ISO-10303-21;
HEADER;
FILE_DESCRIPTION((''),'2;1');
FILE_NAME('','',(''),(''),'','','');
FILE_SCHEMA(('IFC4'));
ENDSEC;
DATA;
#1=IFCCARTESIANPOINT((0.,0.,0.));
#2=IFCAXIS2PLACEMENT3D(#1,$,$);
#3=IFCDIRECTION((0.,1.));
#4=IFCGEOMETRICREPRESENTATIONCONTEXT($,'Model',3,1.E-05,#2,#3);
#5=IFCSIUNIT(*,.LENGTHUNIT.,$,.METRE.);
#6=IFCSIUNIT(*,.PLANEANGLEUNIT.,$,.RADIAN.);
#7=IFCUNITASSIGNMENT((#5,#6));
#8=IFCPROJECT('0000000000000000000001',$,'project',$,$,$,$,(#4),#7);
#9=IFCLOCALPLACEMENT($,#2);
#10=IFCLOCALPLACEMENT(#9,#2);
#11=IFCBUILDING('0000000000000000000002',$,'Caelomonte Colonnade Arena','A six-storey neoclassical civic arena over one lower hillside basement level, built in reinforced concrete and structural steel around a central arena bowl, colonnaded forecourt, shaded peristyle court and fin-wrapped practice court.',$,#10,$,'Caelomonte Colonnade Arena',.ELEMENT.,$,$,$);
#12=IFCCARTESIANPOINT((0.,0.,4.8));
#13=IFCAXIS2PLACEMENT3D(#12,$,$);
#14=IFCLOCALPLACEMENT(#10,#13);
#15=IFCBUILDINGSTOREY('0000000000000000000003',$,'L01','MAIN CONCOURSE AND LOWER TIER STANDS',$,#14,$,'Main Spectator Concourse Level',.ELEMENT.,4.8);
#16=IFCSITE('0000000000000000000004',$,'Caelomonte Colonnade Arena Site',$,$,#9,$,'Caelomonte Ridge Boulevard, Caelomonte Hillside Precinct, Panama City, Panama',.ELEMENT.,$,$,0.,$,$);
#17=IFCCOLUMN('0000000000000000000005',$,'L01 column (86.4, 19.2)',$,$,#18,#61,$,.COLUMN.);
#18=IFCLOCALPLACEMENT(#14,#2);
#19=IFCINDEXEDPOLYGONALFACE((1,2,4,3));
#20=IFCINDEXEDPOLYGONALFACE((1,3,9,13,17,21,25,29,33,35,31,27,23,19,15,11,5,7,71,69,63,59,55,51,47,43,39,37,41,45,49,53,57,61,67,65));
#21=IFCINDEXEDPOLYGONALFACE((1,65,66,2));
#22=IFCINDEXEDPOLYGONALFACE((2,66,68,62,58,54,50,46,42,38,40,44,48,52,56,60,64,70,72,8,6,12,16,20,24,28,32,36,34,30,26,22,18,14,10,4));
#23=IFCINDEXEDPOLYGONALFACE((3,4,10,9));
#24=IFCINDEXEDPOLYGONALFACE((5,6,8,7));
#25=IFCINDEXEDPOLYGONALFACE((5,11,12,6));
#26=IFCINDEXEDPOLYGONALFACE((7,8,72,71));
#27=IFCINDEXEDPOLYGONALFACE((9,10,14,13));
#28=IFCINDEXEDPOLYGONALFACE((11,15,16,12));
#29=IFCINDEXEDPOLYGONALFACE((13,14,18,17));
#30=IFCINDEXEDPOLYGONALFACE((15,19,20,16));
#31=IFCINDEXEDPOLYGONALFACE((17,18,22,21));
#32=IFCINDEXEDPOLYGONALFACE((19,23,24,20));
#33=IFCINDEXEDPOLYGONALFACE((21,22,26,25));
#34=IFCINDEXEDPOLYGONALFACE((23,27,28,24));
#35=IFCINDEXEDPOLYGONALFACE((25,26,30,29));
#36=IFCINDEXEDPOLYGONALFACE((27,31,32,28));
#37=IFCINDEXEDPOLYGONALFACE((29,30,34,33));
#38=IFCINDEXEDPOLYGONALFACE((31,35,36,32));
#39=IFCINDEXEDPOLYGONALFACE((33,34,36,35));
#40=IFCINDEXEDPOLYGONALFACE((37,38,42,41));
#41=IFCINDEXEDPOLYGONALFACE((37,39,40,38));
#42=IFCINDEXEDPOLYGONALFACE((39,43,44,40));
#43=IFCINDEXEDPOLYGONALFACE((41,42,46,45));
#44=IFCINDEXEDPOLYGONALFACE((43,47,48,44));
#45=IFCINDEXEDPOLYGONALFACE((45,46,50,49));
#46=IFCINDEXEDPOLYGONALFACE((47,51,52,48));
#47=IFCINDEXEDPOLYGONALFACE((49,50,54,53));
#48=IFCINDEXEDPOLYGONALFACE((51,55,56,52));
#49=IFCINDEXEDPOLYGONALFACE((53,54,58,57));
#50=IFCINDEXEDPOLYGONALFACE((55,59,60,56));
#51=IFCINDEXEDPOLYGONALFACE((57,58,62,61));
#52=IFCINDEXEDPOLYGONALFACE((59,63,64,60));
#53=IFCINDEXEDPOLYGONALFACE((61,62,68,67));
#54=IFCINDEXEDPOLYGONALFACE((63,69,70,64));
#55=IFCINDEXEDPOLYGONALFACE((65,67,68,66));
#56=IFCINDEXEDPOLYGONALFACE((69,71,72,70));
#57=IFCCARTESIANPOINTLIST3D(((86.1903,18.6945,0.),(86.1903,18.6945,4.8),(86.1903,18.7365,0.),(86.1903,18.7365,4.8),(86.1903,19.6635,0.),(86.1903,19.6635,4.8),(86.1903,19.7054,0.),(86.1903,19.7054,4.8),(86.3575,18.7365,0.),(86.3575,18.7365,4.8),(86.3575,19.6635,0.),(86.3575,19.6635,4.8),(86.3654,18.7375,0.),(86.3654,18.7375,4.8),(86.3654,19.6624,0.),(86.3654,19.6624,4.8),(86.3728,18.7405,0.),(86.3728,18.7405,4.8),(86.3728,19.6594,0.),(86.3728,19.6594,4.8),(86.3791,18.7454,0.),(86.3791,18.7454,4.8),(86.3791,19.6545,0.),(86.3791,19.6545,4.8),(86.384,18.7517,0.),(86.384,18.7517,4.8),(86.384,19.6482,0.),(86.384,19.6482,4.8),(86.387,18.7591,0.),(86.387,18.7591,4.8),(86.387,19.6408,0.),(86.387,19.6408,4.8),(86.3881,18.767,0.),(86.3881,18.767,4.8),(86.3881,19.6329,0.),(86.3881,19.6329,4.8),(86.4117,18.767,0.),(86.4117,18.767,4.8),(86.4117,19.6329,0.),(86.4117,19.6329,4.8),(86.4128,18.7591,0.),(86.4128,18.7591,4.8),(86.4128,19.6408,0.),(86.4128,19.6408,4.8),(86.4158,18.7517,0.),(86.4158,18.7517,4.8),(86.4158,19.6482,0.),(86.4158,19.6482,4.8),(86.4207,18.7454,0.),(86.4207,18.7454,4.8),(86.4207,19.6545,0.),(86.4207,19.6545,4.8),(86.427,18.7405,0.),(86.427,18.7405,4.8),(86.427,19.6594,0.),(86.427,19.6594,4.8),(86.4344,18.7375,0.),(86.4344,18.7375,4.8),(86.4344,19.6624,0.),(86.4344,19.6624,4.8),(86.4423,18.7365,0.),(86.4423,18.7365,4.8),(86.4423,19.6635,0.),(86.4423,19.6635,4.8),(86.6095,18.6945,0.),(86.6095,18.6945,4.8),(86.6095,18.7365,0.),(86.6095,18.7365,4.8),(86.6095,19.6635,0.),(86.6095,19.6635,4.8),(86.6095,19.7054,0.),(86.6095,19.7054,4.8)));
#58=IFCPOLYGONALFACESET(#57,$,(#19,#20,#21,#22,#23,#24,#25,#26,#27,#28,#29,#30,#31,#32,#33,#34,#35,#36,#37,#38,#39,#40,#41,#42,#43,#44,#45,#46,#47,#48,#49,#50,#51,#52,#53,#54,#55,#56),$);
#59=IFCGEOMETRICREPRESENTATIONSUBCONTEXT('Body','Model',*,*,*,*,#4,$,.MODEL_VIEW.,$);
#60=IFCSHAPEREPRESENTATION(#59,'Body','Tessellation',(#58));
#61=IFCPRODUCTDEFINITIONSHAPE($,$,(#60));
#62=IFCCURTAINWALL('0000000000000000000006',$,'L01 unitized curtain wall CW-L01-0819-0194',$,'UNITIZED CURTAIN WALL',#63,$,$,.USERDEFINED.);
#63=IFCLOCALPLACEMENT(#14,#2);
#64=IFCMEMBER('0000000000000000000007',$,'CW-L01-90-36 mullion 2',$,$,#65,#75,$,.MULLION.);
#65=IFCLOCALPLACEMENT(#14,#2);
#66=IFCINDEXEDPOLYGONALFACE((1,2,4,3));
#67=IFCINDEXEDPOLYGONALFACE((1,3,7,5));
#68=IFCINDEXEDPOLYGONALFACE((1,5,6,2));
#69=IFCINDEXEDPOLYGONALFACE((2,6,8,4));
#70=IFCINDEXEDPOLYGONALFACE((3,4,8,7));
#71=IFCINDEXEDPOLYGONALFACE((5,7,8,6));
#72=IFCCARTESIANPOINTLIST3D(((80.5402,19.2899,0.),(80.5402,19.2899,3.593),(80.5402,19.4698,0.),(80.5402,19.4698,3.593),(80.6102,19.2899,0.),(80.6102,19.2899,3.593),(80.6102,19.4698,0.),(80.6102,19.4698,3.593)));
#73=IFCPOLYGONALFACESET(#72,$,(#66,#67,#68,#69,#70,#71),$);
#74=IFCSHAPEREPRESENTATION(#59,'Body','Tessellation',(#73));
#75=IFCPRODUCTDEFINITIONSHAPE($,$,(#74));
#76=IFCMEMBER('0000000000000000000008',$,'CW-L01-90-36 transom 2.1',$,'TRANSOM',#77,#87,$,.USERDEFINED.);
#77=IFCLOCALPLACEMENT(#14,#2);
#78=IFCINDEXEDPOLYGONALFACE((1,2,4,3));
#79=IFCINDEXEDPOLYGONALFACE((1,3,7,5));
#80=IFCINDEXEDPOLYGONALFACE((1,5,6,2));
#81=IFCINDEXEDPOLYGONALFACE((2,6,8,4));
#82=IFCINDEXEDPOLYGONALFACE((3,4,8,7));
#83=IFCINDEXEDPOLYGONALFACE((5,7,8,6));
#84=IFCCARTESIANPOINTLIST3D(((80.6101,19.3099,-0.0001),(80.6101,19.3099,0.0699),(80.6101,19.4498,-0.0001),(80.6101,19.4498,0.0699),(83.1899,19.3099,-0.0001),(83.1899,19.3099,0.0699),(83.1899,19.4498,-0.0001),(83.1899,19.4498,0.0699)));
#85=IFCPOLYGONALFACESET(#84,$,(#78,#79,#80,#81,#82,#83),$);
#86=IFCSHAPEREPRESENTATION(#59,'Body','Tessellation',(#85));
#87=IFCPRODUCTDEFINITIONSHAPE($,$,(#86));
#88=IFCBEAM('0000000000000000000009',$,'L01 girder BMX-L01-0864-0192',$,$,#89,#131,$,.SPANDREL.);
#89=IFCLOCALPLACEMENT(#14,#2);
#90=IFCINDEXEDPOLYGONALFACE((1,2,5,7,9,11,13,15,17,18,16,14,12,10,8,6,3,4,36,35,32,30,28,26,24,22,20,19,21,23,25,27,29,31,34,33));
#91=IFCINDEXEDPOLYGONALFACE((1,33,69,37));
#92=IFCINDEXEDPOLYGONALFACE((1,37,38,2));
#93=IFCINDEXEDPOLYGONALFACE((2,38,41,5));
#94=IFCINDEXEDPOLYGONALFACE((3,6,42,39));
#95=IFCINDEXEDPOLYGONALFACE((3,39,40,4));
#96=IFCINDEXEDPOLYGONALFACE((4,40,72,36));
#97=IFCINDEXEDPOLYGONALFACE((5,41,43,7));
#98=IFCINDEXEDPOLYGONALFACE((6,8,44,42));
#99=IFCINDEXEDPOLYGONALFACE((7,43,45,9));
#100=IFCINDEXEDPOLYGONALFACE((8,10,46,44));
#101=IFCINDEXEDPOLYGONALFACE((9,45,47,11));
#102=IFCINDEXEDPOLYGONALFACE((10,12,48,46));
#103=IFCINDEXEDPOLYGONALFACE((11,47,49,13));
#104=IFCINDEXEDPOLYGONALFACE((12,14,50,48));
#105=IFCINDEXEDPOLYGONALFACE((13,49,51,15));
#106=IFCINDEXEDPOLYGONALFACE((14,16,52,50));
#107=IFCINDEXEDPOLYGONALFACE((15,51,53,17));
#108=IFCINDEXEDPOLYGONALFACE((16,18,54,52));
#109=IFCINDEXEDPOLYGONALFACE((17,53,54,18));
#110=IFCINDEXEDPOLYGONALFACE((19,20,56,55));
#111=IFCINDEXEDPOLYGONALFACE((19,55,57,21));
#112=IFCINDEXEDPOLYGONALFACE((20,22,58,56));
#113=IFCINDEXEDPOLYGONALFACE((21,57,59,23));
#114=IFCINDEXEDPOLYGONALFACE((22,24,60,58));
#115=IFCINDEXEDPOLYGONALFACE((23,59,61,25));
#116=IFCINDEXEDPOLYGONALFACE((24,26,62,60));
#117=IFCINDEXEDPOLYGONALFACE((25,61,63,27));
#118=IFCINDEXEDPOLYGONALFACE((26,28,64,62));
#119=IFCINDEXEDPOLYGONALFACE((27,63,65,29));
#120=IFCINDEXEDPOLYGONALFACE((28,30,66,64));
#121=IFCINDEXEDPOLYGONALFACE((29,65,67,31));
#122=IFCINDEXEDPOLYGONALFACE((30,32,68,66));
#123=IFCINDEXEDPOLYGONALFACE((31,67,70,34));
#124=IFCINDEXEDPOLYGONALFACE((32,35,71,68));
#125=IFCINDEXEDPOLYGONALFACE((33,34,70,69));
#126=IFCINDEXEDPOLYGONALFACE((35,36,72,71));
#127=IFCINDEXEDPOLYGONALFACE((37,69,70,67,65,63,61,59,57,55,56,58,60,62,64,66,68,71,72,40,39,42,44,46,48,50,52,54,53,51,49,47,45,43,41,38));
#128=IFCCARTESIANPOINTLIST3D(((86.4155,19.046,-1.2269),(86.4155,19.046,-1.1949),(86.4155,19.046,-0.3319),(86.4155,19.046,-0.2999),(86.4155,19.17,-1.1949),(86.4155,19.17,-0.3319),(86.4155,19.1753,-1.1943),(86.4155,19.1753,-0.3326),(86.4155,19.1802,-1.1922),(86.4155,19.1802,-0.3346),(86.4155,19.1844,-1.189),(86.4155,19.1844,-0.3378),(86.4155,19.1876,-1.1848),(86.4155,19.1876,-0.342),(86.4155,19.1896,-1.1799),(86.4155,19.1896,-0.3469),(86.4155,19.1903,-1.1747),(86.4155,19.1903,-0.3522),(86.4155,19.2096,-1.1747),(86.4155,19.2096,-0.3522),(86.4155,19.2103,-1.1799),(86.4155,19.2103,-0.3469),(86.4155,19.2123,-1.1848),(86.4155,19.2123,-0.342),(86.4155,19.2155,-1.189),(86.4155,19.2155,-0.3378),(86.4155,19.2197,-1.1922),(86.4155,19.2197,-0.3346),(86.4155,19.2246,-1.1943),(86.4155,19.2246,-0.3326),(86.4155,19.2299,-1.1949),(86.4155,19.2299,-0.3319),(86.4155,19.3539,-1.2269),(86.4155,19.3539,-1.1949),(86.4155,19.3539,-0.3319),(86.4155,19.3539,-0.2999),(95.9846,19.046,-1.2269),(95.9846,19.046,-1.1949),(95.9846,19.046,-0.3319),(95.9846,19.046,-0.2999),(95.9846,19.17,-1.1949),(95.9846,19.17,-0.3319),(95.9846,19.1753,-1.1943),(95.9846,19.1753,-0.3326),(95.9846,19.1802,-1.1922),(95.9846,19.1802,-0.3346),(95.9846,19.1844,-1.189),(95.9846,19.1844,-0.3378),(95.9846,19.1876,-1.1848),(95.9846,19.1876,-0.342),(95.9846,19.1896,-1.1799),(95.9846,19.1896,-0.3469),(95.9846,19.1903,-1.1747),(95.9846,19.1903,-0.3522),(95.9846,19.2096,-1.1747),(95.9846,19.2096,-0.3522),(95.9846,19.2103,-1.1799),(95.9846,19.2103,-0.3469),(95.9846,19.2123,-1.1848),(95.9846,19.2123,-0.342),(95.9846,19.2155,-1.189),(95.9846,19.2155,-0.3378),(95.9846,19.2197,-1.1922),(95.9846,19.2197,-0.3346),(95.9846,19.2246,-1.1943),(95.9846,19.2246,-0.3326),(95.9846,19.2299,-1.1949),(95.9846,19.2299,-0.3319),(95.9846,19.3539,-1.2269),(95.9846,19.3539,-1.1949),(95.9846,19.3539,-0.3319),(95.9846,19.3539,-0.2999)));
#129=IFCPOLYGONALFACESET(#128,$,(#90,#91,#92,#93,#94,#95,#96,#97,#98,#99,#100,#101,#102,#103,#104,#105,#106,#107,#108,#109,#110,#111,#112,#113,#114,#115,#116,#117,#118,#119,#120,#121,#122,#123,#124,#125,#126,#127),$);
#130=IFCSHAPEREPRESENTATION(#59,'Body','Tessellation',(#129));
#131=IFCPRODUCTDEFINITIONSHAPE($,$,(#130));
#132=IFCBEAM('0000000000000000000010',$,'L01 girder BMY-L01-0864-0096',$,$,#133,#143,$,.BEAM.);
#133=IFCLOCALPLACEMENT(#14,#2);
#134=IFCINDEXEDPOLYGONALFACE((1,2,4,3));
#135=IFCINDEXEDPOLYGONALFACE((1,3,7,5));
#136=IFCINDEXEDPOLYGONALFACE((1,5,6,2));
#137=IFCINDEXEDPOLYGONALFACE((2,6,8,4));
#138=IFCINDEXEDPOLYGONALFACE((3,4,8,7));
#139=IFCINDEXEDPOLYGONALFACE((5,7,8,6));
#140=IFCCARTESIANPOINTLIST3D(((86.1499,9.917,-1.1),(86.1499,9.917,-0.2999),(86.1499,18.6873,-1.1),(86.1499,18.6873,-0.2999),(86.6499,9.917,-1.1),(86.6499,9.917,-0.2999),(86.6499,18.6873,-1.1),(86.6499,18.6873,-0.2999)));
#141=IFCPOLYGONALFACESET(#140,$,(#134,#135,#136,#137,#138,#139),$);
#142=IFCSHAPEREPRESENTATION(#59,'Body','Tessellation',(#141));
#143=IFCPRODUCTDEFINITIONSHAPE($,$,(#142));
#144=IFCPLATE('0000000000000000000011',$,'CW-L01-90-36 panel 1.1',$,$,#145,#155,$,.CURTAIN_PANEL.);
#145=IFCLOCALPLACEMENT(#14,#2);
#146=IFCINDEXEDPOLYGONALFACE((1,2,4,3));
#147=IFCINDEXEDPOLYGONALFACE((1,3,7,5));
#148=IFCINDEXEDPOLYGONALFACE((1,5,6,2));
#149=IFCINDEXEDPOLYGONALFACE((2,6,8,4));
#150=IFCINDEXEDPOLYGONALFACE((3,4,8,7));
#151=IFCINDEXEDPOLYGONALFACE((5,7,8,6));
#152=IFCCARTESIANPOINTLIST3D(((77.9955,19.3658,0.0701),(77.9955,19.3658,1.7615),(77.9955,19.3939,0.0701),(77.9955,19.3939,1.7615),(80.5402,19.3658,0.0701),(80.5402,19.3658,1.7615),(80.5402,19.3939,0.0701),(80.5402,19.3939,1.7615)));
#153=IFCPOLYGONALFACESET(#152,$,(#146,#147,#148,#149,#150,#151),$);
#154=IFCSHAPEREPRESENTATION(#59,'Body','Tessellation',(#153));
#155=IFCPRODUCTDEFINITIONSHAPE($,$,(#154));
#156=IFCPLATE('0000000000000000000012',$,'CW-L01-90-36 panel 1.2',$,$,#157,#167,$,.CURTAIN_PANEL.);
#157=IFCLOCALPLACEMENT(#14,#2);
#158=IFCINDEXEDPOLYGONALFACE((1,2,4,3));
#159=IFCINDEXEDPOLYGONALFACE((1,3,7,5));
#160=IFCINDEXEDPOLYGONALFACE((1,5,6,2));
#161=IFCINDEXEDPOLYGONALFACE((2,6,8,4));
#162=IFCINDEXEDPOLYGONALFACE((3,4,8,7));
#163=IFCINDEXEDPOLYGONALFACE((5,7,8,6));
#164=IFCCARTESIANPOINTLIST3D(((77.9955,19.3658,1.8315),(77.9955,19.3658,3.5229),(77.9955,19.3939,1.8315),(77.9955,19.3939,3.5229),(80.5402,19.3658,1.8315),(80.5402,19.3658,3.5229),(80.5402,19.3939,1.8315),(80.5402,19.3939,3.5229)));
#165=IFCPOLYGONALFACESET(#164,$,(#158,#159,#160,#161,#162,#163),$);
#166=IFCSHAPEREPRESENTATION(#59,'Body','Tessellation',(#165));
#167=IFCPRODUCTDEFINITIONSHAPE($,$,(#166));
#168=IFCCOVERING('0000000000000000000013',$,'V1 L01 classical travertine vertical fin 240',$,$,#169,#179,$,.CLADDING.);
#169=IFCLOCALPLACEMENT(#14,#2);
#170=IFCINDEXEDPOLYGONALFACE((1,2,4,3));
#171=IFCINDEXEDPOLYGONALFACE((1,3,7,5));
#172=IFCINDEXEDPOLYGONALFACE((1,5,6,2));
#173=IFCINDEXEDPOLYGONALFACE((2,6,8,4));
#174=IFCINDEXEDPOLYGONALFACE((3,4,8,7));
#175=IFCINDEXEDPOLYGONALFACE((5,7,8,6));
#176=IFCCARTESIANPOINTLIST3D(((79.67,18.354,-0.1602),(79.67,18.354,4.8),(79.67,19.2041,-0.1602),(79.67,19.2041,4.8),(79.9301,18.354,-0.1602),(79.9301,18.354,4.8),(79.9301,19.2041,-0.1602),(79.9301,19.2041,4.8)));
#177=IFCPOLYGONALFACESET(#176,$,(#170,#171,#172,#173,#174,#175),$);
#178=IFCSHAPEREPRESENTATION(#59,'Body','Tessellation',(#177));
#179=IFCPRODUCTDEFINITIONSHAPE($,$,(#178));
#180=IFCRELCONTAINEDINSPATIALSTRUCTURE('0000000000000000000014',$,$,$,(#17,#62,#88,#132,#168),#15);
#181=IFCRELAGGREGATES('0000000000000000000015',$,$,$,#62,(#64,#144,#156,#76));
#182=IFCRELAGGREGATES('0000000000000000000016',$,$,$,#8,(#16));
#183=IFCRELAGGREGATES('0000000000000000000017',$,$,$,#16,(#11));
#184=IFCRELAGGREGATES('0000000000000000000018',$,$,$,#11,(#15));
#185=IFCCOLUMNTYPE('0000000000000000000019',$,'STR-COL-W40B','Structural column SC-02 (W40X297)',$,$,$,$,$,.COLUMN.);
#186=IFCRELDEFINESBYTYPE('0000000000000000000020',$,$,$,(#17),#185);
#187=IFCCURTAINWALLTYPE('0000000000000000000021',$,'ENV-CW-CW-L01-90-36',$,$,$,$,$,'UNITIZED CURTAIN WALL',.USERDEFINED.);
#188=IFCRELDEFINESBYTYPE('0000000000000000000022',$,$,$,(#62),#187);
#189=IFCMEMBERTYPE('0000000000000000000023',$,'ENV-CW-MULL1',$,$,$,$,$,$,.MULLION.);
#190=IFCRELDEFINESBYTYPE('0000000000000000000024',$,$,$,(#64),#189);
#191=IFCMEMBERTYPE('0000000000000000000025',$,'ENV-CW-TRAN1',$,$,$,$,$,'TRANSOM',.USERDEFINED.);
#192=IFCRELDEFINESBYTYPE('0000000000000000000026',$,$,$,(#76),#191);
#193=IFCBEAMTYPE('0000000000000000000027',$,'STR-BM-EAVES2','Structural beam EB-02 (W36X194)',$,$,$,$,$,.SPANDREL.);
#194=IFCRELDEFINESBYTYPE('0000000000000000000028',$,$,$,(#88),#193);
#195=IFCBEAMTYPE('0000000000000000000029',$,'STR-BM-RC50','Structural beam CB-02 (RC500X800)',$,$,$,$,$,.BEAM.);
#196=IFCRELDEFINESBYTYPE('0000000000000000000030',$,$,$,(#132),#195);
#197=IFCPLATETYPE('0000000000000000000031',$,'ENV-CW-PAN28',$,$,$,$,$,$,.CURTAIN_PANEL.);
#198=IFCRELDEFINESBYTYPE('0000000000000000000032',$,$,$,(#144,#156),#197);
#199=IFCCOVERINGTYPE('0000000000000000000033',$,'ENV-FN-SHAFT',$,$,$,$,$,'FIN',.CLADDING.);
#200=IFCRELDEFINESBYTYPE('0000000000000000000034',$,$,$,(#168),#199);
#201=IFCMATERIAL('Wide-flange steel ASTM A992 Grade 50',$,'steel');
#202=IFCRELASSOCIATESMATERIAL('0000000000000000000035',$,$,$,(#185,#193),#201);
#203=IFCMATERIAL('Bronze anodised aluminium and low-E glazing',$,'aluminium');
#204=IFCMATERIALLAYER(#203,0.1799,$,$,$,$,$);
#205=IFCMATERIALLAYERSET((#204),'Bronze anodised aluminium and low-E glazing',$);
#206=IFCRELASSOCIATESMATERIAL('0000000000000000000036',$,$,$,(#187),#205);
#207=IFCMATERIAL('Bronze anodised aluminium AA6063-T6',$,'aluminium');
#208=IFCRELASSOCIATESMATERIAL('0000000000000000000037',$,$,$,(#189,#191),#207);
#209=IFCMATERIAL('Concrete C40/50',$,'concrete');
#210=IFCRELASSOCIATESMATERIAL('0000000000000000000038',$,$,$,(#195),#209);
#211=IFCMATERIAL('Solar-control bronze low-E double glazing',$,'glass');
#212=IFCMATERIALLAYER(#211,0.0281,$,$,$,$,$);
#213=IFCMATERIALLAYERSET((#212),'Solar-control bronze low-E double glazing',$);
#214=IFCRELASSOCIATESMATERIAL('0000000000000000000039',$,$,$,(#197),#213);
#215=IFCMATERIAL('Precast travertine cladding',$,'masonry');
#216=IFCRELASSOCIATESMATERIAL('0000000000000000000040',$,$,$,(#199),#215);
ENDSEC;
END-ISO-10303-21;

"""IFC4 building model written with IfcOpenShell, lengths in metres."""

from ifc_helpers import new_model, si_unit, direction, frame, origin, origin_2d, place, context, subcontext, project, spatial, rectangle, i_section, extrude, material, layer, layer_set, material_profile, profile_set, type_object, element, aggregate, save


model = new_model("IFC4")

# Units and contexts
model_context = context("Model", 3, precision=1e-05, world=origin(), true_north=direction((0.0, 1.0)))
body_context = subcontext(model_context, "Body", "Model", "MODEL_VIEW")
ifc_project = project(units=[si_unit("LENGTHUNIT", "METRE"), si_unit("PLANEANGLEUNIT", "RADIAN")], contexts=[model_context])

# Site, building, storey
site_placement = place(None, origin())
site = spatial("IfcSite", under=ifc_project, at=site_placement, Name="Caelomonte Colonnade Arena Site", LongName="Caelomonte Ridge Boulevard, Caelomonte Hillside Precinct, Panama City, Panama", CompositionType="ELEMENT", RefElevation=0.0)
building_placement = place(site_placement, origin())
building = spatial("IfcBuilding", under=site, at=building_placement, Name="Caelomonte Colonnade Arena", Description="A six-storey neoclassical civic arena over one lower hillside basement level, built in reinforced concrete and structural steel around a central arena bowl, colonnaded forecourt, shaded peristyle court and fin-wrapped practice court.", LongName="Caelomonte Colonnade Arena", CompositionType="ELEMENT")
storey_placement = place(building_placement, frame((0.0, 0.0, 4.8)))
storey = spatial("IfcBuildingStorey", under=building, at=storey_placement, Name="L01", Description="MAIN CONCOURSE AND LOWER TIER STANDS", LongName="Main Spectator Concourse Level", CompositionType="ELEMENT", Elevation=4.8)

# Column
ifc_material_1 = material(Name="Wide-flange steel ASTM A992 Grade 50", Category="steel")
ifc_material_profile_1 = material_profile(ifc_material_1, i_section(OverallWidth=0.4192, OverallDepth=1.011, WebThickness=0.0237, FlangeThickness=0.042, FilletRadius=0.0305, at=origin_2d()), Name="W40X297")
ifc_profile_set_1 = profile_set([ifc_material_profile_1], Name="Wide-flange steel ASTM A992 Grade 50")
column_type = type_object("IfcColumnType", Name="STR-COL-W40B", Description="Structural column SC-02 (W40X297)", PredefinedType="COLUMN", material=ifc_profile_set_1)
column_placement = place(storey_placement, frame((86.3999, 19.2, 0.0), z_axis=(0.0, 0.0, 1.0), x_axis=(1.0, 0.0, 0.0)))
element("IfcColumn", 1, at=column_placement, inside=storey, type_object=column_type, Name="L01 column (86.4, 19.2)", PredefinedType="COLUMN", context=body_context, shape_type="SweptSolid", body=[
    extrude(i_section(OverallWidth=0.4192, OverallDepth=1.011, WebThickness=0.0237, FlangeThickness=0.042, FilletRadius=0.0305, at=origin_2d()), origin(), (0.0, 0.0, 1.0), 4.8),
])

# Curtain wall, members
ifc_material_2 = material(Name="Bronze anodised aluminium and low-E glazing", Category="aluminium")
ifc_layer_1 = layer(ifc_material_2, 0.1799)
ifc_layer_set_1 = layer_set([ifc_layer_1], Name="Bronze anodised aluminium and low-E glazing")
curtain_wall_type = type_object("IfcCurtainWallType", Name="ENV-CW-CW-L01-90-36", ElementType="UNITIZED CURTAIN WALL", PredefinedType="USERDEFINED", material=ifc_layer_set_1)
curtain_wall_placement = place(storey_placement, origin())
curtain_wall = element("IfcCurtainWall", 2, at=curtain_wall_placement, inside=storey, type_object=curtain_wall_type, Name="L01 unitized curtain wall CW-L01-0819-0194", ObjectType="UNITIZED CURTAIN WALL", PredefinedType="USERDEFINED")
ifc_material_3 = material(Name="Bronze anodised aluminium AA6063-T6", Category="aluminium")
ifc_material_profile_2 = material_profile(ifc_material_3, rectangle(XDim=0.0701, YDim=0.1799, at=origin_2d()), Name="CWM-70X180")
ifc_profile_set_2 = profile_set([ifc_material_profile_2], Name="Bronze anodised aluminium AA6063-T6")
member_type_1 = type_object("IfcMemberType", Name="ENV-CW-MULL1", PredefinedType="MULLION", material=ifc_profile_set_2)
member_1_placement = place(storey_placement, frame((80.5752, 19.3799, 0.0), z_axis=(0.0, 0.0, 1.0), x_axis=(1.0, 0.0, 0.0)))
member_1 = element("IfcMember", 3, at=member_1_placement, type_object=member_type_1, Name="CW-L01-90-36 mullion 2", PredefinedType="MULLION", context=body_context, shape_type="SweptSolid", body=[
    extrude(rectangle(XDim=0.0701, YDim=0.1799, at=origin_2d()), origin(), (0.0, 0.0, 1.0), 3.593),
])
ifc_material_profile_3 = material_profile(ifc_material_3, rectangle(XDim=0.0701, YDim=0.1399, at=origin_2d()), Name="CWT-70X140")
ifc_profile_set_3 = profile_set([ifc_material_profile_3], Name="Bronze anodised aluminium AA6063-T6")
member_type_2 = type_object("IfcMemberType", Name="ENV-CW-TRAN1", ElementType="TRANSOM", PredefinedType="USERDEFINED", material=ifc_profile_set_3)
member_2_placement = place(storey_placement, frame((80.6101, 19.3799, 0.0349), z_axis=(1.0, 0.0, 0.0), x_axis=(0.0, 0.0, 1.0)))
member_2 = element("IfcMember", 4, at=member_2_placement, type_object=member_type_2, Name="CW-L01-90-36 transom 2.1", ObjectType="TRANSOM", PredefinedType="USERDEFINED", context=body_context, shape_type="SweptSolid", body=[
    extrude(rectangle(XDim=0.0701, YDim=0.1399, at=origin_2d()), origin(), (0.0, 0.0, 1.0), 2.5798),
])

# Beams
ifc_material_profile_4 = material_profile(ifc_material_1, i_section(OverallWidth=0.3079, OverallDepth=0.927, WebThickness=0.0193, FlangeThickness=0.032, FilletRadius=0.0203, at=origin_2d()), Name="W36X194")
ifc_profile_set_4 = profile_set([ifc_material_profile_4], Name="Wide-flange steel ASTM A992 Grade 50")
beam_type_1 = type_object("IfcBeamType", Name="STR-BM-EAVES2", Description="Structural beam EB-02 (W36X194)", PredefinedType="SPANDREL", material=ifc_profile_set_4)
beam_1_placement = place(storey_placement, frame((86.4155, 19.2, -0.7634), z_axis=(1.0, 0.0, 0.0), x_axis=(0.0, 1.0, 0.0)))
element("IfcBeam", 5, at=beam_1_placement, inside=storey, type_object=beam_type_1, Name="L01 girder BMX-L01-0864-0192", PredefinedType="SPANDREL", context=body_context, shape_type="SweptSolid", body=[
    extrude(i_section(OverallWidth=0.3079, OverallDepth=0.927, WebThickness=0.0193, FlangeThickness=0.032, FilletRadius=0.0203, at=origin_2d()), origin(), (0.0, 0.0, 1.0), 9.5691),
])
ifc_material_4 = material(Name="Concrete C40/50", Category="concrete")
ifc_material_profile_5 = material_profile(ifc_material_4, rectangle(XDim=0.5, YDim=0.8, at=origin_2d()), Name="RC500X800")
ifc_profile_set_5 = profile_set([ifc_material_profile_5], Name="Concrete C40/50")
beam_type_2 = type_object("IfcBeamType", Name="STR-BM-RC50", Description="Structural beam CB-02 (RC500X800)", PredefinedType="BEAM", material=ifc_profile_set_5)
beam_2_placement = place(storey_placement, frame((86.3999, 9.917, -0.7), z_axis=(0.0, 1.0, 0.0), x_axis=(-1.0, 0.0, 0.0)))
element("IfcBeam", 6, at=beam_2_placement, inside=storey, type_object=beam_type_2, Name="L01 girder BMY-L01-0864-0096", PredefinedType="BEAM", context=body_context, shape_type="SweptSolid", body=[
    extrude(rectangle(XDim=0.5, YDim=0.8, at=origin_2d()), origin(), (0.0, 0.0, 1.0), 8.7703),
])

# Plates
ifc_material_5 = material(Name="Solar-control bronze low-E double glazing", Category="glass")
ifc_layer_2 = layer(ifc_material_5, 0.0281)
ifc_layer_set_2 = layer_set([ifc_layer_2], Name="Solar-control bronze low-E double glazing")
plate_type = type_object("IfcPlateType", Name="ENV-CW-PAN28", PredefinedType="CURTAIN_PANEL", material=ifc_layer_set_2)
plate_1_placement = place(storey_placement, frame((79.2678, 19.3799, 0.0701), z_axis=(0.0, 0.0, 1.0), x_axis=(1.0, 0.0, 0.0)))
plate_1 = element("IfcPlate", 7, at=plate_1_placement, type_object=plate_type, Name="CW-L01-90-36 panel 1.1", PredefinedType="CURTAIN_PANEL", context=body_context, shape_type="SweptSolid", body=[
    extrude(rectangle(XDim=2.5447, YDim=0.0281, at=origin_2d()), origin(), (0.0, 0.0, 1.0), 1.6914),
])
plate_2_placement = place(storey_placement, frame((79.2678, 19.3799, 1.8315), z_axis=(0.0, 0.0, 1.0), x_axis=(1.0, 0.0, 0.0)))
plate_2 = element("IfcPlate", 8, at=plate_2_placement, type_object=plate_type, Name="CW-L01-90-36 panel 1.2", PredefinedType="CURTAIN_PANEL", context=body_context, shape_type="SweptSolid", body=[
    extrude(rectangle(XDim=2.5447, YDim=0.0281, at=origin_2d()), origin(), (0.0, 0.0, 1.0), 1.6914),
])
aggregate(curtain_wall, [member_1, plate_1, plate_2, member_2])

# Covering
ifc_material_6 = material(Name="Precast travertine cladding", Category="masonry")
ifc_material_profile_6 = material_profile(ifc_material_6, rectangle(XDim=0.26, YDim=0.8501, at=origin_2d()), Name="FIN260X850")
ifc_profile_set_6 = profile_set([ifc_material_profile_6], Name="Precast travertine cladding")
covering_type = type_object("IfcCoveringType", Name="ENV-FN-SHAFT", ElementType="FIN", PredefinedType="CLADDING", material=ifc_profile_set_6)
for number, where, z_axis, x_axis, name in (
    (9, (79.8, 18.7791, -0.1602), (0.0, 0.0, 1.0), (-1.0, 0.0, 0.0), "V1 L01 classical travertine vertical fin 240"),
):
    element("IfcCovering", number, at=place(storey_placement, frame(where, z_axis=z_axis, x_axis=x_axis)), inside=storey, type_object=covering_type, Name=name, PredefinedType="CLADDING", context=body_context, shape_type="SweptSolid", body=[
        extrude(rectangle(XDim=0.26, YDim=0.8501, at=origin_2d()), origin(), (0.0, 0.0, 1.0), 4.9602),
    ])

save(model, "model.ifc")
